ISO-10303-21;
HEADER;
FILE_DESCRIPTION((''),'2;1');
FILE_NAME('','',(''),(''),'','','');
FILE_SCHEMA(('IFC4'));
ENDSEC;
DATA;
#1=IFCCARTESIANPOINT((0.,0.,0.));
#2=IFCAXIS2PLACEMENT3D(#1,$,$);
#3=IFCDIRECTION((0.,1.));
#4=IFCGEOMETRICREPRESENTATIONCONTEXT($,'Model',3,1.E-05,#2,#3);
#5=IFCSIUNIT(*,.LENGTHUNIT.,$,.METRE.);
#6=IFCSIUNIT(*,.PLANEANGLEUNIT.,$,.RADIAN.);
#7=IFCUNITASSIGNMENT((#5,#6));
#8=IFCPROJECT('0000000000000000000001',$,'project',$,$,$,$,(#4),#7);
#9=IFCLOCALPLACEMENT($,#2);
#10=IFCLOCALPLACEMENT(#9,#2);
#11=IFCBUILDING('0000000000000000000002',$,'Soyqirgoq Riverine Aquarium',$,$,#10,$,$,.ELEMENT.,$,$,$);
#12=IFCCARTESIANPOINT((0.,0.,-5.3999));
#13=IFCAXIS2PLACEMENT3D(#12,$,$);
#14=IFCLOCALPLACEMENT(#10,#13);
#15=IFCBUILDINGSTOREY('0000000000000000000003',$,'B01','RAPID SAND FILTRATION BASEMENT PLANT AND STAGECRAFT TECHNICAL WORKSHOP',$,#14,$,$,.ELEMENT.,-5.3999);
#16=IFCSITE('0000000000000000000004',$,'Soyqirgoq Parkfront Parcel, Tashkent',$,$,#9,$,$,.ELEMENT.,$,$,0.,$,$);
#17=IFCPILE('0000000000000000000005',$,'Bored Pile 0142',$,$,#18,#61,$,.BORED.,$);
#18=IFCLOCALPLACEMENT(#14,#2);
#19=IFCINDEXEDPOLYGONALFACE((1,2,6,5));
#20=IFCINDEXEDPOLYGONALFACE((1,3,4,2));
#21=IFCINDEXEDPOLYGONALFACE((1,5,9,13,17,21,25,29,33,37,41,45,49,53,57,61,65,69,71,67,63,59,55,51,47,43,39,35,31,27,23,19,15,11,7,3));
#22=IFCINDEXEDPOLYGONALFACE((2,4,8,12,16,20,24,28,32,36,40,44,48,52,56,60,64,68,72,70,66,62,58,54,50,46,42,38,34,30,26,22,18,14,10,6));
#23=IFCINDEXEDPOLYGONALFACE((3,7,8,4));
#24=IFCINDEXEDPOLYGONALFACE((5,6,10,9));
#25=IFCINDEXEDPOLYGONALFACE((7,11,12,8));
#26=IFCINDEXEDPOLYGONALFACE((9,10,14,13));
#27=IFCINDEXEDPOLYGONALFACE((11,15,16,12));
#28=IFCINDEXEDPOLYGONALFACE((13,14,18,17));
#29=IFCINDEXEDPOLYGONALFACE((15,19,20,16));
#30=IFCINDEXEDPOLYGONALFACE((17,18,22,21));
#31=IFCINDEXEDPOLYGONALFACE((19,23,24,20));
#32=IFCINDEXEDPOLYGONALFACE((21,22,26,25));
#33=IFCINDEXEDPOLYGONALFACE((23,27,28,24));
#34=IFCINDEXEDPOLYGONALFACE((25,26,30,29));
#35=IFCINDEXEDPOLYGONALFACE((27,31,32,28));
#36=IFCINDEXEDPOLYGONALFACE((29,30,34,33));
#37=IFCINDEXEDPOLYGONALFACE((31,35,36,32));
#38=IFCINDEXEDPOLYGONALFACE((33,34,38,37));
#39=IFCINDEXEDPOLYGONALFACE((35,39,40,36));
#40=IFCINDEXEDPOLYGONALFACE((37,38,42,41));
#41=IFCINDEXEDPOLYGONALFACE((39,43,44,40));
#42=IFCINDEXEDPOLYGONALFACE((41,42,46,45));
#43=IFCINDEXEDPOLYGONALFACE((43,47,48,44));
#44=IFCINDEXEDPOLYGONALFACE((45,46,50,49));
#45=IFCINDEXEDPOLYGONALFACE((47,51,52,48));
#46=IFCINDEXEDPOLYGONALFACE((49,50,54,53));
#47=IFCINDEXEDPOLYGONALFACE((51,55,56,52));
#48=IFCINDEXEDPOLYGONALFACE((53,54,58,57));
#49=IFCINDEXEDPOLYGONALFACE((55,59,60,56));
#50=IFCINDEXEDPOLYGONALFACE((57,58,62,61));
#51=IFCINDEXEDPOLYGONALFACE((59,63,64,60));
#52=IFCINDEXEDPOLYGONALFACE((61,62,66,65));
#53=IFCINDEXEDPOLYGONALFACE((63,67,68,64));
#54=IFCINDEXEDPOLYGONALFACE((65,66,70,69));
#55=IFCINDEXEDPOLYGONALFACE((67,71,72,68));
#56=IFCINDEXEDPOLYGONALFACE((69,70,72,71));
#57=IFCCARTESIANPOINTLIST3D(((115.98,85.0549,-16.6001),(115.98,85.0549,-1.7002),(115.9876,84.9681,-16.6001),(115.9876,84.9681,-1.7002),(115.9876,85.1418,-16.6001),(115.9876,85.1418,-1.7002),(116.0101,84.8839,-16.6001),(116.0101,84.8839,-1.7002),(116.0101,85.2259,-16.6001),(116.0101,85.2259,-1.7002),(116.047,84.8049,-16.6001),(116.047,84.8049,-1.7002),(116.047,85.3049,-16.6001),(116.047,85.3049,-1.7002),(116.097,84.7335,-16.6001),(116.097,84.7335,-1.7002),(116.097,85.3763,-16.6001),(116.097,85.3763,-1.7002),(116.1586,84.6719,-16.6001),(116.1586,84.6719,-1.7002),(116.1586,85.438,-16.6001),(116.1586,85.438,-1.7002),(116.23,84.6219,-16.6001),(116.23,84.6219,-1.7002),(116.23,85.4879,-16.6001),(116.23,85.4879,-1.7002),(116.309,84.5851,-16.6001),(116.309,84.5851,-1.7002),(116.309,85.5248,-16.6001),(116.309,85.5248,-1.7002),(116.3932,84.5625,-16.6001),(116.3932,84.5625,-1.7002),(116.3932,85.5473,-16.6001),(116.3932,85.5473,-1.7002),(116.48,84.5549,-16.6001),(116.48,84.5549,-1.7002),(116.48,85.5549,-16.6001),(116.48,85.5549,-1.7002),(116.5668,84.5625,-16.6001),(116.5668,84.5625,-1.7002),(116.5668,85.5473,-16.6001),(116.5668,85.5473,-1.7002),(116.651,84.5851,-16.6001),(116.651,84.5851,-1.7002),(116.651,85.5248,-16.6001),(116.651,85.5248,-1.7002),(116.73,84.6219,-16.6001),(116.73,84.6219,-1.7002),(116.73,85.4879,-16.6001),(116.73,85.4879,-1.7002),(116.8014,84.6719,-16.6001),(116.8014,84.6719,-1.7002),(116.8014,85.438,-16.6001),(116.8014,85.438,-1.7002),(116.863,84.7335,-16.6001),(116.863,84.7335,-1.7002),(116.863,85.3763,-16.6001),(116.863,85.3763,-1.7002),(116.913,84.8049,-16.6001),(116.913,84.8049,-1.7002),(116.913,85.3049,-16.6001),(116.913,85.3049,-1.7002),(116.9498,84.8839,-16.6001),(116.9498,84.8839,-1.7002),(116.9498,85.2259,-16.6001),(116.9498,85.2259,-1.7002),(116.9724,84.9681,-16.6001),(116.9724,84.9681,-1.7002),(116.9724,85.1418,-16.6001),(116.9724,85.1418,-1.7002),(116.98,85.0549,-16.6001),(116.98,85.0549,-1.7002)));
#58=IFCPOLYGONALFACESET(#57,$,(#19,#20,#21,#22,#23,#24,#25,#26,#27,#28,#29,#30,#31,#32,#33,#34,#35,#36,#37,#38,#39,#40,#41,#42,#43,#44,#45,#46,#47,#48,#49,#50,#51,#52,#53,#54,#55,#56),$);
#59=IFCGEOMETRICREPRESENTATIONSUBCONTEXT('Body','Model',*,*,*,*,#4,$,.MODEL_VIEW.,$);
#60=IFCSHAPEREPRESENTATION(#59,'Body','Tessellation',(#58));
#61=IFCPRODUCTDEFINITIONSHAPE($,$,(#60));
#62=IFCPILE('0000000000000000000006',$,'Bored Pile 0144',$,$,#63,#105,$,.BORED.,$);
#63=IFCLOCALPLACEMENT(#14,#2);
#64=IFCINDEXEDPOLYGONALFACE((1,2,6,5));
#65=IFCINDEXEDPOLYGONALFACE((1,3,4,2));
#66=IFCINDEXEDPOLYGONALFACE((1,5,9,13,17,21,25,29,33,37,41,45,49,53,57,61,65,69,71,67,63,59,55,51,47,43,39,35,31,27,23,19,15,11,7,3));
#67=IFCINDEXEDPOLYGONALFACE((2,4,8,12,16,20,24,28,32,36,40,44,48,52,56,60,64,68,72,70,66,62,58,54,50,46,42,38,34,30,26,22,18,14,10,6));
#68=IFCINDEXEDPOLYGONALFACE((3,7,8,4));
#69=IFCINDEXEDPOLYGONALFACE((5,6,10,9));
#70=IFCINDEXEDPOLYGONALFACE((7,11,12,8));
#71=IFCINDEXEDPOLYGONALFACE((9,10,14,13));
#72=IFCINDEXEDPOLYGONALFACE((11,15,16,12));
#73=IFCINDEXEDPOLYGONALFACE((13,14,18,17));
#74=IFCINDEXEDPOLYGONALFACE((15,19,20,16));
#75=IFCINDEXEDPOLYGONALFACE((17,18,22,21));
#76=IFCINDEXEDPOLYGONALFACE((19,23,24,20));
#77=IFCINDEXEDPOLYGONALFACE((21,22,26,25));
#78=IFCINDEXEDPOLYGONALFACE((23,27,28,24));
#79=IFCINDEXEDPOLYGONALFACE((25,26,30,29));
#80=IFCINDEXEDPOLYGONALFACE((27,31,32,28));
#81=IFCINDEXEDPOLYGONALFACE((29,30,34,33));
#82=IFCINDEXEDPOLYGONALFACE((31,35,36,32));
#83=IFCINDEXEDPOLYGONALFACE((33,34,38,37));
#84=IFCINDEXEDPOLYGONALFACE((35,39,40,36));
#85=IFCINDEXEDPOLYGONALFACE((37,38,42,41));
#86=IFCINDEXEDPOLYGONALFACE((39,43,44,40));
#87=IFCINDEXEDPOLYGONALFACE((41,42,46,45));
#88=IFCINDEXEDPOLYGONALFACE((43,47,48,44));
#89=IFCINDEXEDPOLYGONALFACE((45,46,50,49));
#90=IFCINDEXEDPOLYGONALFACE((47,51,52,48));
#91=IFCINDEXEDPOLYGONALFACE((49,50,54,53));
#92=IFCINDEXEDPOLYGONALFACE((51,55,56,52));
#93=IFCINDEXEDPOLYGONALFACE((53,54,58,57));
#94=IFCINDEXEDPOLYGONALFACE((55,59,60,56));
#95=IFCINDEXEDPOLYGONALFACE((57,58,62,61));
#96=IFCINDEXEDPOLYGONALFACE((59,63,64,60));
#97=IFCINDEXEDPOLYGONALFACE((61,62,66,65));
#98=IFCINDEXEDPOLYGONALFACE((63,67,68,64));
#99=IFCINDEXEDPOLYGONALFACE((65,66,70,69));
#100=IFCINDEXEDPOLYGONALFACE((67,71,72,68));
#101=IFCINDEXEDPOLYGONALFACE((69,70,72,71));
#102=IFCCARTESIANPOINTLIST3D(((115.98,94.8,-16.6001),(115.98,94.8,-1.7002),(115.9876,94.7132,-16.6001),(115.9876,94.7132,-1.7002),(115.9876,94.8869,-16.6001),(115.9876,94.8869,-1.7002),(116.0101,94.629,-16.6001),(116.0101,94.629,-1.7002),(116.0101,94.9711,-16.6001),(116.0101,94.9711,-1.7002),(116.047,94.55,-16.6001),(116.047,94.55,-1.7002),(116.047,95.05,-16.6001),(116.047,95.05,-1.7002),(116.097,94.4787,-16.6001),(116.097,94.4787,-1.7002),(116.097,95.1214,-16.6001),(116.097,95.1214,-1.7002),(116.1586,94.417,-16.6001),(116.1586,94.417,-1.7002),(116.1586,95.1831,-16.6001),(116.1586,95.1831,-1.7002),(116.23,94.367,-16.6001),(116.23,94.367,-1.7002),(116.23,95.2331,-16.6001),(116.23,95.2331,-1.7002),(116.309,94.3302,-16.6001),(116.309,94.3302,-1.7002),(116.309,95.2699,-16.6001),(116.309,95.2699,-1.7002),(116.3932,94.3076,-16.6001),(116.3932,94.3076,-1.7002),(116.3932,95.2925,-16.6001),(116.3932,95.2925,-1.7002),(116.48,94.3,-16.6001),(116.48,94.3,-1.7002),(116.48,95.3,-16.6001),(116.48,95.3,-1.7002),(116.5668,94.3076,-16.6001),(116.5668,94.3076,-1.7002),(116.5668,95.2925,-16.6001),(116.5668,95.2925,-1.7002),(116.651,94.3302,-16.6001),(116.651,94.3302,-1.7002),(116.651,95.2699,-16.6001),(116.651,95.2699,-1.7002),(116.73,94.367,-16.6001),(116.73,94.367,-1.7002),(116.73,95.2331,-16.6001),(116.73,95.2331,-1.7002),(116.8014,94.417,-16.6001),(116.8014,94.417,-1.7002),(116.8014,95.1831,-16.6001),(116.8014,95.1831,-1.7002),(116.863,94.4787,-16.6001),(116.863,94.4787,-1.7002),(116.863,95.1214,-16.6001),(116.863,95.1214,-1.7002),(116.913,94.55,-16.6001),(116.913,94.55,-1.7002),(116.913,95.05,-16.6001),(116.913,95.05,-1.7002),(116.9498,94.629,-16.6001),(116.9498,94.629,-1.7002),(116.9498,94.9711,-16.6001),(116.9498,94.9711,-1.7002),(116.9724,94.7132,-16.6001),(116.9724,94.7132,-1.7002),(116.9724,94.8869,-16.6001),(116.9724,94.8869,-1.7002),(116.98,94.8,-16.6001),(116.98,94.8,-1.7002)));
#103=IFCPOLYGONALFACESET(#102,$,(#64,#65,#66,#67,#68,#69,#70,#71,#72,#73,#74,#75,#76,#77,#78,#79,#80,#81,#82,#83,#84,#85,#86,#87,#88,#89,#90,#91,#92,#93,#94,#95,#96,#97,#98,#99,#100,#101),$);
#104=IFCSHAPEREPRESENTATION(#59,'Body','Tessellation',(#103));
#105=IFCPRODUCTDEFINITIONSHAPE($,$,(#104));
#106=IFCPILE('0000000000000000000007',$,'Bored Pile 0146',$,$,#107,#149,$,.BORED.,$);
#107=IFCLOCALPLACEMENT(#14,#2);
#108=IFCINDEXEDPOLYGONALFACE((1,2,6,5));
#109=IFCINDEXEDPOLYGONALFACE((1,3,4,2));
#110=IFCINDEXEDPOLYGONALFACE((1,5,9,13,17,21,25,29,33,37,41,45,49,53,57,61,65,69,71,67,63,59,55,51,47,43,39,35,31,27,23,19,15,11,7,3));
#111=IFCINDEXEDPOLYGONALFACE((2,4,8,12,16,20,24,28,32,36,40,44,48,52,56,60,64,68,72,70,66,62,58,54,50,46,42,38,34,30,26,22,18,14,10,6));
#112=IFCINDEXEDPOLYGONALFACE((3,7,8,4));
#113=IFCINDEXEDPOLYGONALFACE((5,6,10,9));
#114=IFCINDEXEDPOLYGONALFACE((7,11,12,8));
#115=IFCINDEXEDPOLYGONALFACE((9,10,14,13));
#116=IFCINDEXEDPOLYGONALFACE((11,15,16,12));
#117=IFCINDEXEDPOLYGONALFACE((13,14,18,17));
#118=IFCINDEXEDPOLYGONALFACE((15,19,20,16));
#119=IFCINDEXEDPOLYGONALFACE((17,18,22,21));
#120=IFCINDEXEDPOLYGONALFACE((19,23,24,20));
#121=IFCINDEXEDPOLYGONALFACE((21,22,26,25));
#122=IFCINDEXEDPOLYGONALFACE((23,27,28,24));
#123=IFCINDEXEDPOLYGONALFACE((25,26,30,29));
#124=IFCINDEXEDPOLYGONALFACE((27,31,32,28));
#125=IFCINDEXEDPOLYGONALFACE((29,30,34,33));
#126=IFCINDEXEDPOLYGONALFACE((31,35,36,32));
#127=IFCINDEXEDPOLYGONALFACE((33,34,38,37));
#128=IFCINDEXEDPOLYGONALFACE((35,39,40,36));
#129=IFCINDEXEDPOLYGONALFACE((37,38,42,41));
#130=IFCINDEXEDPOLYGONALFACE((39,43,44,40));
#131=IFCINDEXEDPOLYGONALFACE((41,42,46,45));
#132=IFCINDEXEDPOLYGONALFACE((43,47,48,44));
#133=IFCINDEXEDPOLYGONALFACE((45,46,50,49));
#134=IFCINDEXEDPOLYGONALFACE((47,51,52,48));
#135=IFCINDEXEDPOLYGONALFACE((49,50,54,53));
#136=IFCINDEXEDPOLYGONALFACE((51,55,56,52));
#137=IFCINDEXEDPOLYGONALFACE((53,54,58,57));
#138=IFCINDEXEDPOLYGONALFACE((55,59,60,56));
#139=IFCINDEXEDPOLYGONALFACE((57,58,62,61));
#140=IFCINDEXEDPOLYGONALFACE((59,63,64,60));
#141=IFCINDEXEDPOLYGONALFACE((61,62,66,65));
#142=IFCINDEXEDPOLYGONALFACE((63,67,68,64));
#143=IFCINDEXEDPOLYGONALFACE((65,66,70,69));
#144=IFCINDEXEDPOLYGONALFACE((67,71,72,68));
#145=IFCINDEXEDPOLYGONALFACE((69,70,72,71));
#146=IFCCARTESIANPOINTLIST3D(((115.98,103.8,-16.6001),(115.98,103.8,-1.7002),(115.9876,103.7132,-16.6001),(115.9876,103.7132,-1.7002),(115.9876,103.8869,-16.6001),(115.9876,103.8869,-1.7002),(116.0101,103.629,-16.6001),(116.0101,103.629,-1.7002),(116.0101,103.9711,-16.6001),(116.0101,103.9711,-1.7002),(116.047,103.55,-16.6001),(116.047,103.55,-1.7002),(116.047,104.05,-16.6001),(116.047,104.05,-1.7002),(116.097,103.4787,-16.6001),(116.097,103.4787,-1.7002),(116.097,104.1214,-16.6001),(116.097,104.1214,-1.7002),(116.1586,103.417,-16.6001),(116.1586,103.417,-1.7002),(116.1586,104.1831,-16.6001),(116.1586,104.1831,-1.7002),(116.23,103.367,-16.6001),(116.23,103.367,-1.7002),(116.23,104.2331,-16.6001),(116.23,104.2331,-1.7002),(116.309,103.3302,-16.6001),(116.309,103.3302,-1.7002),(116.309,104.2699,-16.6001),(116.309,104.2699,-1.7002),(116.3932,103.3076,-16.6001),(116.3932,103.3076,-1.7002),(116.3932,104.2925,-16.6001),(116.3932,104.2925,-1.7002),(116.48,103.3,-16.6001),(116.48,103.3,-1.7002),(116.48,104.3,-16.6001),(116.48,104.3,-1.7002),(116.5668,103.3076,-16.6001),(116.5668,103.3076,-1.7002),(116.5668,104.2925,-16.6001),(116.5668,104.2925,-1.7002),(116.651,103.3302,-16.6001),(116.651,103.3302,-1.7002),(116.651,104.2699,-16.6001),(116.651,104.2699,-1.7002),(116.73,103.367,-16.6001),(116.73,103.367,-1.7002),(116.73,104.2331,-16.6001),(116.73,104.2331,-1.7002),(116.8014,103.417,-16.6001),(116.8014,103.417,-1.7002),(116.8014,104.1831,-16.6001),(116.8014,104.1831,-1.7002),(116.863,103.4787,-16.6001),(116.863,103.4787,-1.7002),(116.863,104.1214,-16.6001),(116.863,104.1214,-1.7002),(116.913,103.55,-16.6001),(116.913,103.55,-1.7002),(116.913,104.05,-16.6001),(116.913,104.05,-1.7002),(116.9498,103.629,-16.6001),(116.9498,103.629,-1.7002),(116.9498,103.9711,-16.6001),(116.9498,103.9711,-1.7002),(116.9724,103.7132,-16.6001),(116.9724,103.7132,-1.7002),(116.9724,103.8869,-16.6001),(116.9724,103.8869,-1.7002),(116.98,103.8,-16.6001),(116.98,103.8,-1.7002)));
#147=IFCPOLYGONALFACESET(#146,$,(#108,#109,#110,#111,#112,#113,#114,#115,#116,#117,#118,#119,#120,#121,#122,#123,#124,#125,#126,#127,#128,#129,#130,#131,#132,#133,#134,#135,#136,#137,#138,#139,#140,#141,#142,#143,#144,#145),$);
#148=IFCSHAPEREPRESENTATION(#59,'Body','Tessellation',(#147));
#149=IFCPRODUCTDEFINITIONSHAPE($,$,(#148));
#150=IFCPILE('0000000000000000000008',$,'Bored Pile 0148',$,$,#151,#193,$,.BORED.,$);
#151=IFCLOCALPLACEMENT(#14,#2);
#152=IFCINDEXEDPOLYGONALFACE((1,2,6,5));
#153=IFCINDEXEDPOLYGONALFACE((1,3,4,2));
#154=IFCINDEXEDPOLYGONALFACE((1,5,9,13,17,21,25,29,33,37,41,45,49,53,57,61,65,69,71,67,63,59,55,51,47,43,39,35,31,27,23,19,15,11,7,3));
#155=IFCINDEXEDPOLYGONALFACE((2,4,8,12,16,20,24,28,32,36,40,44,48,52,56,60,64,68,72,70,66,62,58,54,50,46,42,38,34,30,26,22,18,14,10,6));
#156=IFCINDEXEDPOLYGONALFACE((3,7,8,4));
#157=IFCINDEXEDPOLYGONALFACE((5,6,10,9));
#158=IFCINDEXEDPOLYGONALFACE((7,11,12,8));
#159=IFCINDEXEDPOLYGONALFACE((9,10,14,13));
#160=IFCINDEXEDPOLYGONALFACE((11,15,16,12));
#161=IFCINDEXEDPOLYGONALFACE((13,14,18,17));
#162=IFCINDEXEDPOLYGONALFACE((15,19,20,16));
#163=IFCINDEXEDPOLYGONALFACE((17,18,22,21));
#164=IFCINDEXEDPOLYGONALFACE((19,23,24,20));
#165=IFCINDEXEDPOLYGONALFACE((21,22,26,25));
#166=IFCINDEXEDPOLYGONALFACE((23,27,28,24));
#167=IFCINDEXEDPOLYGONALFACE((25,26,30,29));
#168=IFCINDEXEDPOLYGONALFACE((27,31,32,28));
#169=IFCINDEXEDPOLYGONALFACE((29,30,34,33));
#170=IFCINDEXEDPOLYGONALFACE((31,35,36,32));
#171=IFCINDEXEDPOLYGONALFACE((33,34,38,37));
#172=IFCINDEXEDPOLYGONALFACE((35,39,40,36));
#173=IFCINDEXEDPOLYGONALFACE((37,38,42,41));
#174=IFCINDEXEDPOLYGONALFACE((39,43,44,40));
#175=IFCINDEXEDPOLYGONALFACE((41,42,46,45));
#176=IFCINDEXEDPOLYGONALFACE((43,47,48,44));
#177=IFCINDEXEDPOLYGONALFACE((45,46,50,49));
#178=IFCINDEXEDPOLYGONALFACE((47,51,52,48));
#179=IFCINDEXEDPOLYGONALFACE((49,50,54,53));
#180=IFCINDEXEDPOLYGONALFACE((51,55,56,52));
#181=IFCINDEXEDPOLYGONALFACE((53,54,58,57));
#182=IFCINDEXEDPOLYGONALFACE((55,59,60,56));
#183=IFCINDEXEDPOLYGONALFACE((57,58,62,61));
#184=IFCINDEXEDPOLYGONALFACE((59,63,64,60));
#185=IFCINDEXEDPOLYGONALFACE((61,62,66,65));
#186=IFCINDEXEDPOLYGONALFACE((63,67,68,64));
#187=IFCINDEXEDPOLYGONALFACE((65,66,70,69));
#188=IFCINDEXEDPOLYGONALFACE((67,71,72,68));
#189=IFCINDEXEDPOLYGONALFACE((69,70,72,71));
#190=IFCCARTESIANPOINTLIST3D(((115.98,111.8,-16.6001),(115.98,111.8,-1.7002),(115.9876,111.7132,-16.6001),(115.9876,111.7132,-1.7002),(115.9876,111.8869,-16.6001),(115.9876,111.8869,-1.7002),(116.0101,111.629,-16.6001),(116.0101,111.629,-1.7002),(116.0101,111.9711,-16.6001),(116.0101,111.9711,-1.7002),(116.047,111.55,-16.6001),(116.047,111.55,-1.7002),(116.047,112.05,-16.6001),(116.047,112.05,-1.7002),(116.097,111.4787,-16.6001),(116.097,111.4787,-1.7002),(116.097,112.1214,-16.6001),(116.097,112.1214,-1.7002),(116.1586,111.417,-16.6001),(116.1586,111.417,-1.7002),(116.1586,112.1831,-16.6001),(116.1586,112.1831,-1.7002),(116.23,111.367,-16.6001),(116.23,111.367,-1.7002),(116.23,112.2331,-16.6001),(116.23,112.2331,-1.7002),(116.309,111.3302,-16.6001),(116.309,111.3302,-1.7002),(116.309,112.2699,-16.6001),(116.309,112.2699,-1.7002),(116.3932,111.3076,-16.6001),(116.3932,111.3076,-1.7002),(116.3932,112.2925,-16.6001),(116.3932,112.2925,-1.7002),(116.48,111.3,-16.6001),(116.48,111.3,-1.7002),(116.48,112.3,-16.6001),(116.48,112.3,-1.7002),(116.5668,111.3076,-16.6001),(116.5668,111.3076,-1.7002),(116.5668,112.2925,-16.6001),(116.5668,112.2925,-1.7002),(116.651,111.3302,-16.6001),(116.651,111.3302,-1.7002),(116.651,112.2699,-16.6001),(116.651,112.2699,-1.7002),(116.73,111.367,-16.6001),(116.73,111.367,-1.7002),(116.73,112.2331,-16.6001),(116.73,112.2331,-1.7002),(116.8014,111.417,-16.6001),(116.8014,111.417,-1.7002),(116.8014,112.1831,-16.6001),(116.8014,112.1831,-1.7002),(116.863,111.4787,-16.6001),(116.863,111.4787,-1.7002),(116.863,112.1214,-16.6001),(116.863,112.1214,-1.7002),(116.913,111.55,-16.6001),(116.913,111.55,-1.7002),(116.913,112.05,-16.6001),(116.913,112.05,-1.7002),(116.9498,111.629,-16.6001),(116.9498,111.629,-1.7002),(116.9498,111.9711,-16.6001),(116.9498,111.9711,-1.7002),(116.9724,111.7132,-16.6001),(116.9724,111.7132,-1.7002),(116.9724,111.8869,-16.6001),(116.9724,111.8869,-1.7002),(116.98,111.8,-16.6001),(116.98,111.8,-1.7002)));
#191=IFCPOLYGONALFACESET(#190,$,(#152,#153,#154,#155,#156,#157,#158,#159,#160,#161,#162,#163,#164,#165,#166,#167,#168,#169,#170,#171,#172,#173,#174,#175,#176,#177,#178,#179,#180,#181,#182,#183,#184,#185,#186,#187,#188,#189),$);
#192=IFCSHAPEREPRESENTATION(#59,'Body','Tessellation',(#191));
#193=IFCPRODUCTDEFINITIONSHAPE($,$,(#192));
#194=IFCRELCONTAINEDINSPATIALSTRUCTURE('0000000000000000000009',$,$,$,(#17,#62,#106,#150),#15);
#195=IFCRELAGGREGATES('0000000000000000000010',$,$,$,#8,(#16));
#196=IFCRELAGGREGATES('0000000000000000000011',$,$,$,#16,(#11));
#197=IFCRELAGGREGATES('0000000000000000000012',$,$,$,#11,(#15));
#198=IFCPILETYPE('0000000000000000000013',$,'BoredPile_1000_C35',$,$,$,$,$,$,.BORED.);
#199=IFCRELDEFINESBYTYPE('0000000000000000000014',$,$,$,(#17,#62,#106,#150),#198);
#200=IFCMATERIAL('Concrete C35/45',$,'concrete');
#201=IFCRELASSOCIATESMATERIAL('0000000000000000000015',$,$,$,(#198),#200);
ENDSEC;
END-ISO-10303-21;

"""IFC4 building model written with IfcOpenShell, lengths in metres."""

from ifc_helpers import new_model, si_unit, direction, frame, origin, origin_2d, place, context, subcontext, project, spatial, circle, extrude, material, material_profile, profile_set, type_object, element, save


model = new_model("IFC4")

# Units and contexts
model_context = context("Model", 3, precision=1e-05, world=origin(), true_north=direction((0.0, 1.0)))
body_context = subcontext(model_context, "Body", "Model", "MODEL_VIEW")
ifc_project = project(units=[si_unit("LENGTHUNIT", "METRE"), si_unit("PLANEANGLEUNIT", "RADIAN")], contexts=[model_context])

# Site, building, storey
site_placement = place(None, origin())
site = spatial("IfcSite", under=ifc_project, at=site_placement, Name="Soyqirgoq Parkfront Parcel, Tashkent", CompositionType="ELEMENT", RefElevation=0.0)
building_placement = place(site_placement, origin())
building = spatial("IfcBuilding", under=site, at=building_placement, Name="Soyqirgoq Riverine Aquarium", CompositionType="ELEMENT")
storey_placement = place(building_placement, frame((0.0, 0.0, -5.3999)))
storey = spatial("IfcBuildingStorey", under=building, at=storey_placement, Name="B01", Description="RAPID SAND FILTRATION BASEMENT PLANT AND STAGECRAFT TECHNICAL WORKSHOP", CompositionType="ELEMENT", Elevation=-5.3999)

# Piles
ifc_material_1 = material(Name="Concrete C35/45", Category="concrete")
ifc_material_profile_1 = material_profile(ifc_material_1, circle(Radius=0.5, at=origin_2d()), Name="BP D1000")
ifc_profile_set_1 = profile_set([ifc_material_profile_1], Name="Concrete C35/45")
pile_type = type_object("IfcPileType", Name="BoredPile_1000_C35", PredefinedType="BORED", material=ifc_profile_set_1)
for number, where, z_axis, x_axis, name in (
    (1, (116.48, 85.0549, -1.7002), (0.0, 0.0, -1.0), (1.0, 0.0, 0.0), "Bored Pile 0142"),
    (2, (116.48, 94.8, -1.7002), (0.0, 0.0, -1.0), (1.0, 0.0, 0.0), "Bored Pile 0144"),
    (3, (116.48, 103.8, -1.7002), (0.0, 0.0, -1.0), (1.0, 0.0, 0.0), "Bored Pile 0146"),
    (4, (116.48, 111.8, -1.7002), (0.0, 0.0, -1.0), (1.0, 0.0, 0.0), "Bored Pile 0148"),
):
    element("IfcPile", number, at=place(storey_placement, frame(where, z_axis=z_axis, x_axis=x_axis)), inside=storey, type_object=pile_type, Name=name, PredefinedType="BORED", context=body_context, shape_type="SweptSolid", body=[
        extrude(circle(Radius=0.5, at=origin_2d()), origin(), (0.0, 0.0, 1.0), 14.8999),
    ])

save(model, "model.ifc")
